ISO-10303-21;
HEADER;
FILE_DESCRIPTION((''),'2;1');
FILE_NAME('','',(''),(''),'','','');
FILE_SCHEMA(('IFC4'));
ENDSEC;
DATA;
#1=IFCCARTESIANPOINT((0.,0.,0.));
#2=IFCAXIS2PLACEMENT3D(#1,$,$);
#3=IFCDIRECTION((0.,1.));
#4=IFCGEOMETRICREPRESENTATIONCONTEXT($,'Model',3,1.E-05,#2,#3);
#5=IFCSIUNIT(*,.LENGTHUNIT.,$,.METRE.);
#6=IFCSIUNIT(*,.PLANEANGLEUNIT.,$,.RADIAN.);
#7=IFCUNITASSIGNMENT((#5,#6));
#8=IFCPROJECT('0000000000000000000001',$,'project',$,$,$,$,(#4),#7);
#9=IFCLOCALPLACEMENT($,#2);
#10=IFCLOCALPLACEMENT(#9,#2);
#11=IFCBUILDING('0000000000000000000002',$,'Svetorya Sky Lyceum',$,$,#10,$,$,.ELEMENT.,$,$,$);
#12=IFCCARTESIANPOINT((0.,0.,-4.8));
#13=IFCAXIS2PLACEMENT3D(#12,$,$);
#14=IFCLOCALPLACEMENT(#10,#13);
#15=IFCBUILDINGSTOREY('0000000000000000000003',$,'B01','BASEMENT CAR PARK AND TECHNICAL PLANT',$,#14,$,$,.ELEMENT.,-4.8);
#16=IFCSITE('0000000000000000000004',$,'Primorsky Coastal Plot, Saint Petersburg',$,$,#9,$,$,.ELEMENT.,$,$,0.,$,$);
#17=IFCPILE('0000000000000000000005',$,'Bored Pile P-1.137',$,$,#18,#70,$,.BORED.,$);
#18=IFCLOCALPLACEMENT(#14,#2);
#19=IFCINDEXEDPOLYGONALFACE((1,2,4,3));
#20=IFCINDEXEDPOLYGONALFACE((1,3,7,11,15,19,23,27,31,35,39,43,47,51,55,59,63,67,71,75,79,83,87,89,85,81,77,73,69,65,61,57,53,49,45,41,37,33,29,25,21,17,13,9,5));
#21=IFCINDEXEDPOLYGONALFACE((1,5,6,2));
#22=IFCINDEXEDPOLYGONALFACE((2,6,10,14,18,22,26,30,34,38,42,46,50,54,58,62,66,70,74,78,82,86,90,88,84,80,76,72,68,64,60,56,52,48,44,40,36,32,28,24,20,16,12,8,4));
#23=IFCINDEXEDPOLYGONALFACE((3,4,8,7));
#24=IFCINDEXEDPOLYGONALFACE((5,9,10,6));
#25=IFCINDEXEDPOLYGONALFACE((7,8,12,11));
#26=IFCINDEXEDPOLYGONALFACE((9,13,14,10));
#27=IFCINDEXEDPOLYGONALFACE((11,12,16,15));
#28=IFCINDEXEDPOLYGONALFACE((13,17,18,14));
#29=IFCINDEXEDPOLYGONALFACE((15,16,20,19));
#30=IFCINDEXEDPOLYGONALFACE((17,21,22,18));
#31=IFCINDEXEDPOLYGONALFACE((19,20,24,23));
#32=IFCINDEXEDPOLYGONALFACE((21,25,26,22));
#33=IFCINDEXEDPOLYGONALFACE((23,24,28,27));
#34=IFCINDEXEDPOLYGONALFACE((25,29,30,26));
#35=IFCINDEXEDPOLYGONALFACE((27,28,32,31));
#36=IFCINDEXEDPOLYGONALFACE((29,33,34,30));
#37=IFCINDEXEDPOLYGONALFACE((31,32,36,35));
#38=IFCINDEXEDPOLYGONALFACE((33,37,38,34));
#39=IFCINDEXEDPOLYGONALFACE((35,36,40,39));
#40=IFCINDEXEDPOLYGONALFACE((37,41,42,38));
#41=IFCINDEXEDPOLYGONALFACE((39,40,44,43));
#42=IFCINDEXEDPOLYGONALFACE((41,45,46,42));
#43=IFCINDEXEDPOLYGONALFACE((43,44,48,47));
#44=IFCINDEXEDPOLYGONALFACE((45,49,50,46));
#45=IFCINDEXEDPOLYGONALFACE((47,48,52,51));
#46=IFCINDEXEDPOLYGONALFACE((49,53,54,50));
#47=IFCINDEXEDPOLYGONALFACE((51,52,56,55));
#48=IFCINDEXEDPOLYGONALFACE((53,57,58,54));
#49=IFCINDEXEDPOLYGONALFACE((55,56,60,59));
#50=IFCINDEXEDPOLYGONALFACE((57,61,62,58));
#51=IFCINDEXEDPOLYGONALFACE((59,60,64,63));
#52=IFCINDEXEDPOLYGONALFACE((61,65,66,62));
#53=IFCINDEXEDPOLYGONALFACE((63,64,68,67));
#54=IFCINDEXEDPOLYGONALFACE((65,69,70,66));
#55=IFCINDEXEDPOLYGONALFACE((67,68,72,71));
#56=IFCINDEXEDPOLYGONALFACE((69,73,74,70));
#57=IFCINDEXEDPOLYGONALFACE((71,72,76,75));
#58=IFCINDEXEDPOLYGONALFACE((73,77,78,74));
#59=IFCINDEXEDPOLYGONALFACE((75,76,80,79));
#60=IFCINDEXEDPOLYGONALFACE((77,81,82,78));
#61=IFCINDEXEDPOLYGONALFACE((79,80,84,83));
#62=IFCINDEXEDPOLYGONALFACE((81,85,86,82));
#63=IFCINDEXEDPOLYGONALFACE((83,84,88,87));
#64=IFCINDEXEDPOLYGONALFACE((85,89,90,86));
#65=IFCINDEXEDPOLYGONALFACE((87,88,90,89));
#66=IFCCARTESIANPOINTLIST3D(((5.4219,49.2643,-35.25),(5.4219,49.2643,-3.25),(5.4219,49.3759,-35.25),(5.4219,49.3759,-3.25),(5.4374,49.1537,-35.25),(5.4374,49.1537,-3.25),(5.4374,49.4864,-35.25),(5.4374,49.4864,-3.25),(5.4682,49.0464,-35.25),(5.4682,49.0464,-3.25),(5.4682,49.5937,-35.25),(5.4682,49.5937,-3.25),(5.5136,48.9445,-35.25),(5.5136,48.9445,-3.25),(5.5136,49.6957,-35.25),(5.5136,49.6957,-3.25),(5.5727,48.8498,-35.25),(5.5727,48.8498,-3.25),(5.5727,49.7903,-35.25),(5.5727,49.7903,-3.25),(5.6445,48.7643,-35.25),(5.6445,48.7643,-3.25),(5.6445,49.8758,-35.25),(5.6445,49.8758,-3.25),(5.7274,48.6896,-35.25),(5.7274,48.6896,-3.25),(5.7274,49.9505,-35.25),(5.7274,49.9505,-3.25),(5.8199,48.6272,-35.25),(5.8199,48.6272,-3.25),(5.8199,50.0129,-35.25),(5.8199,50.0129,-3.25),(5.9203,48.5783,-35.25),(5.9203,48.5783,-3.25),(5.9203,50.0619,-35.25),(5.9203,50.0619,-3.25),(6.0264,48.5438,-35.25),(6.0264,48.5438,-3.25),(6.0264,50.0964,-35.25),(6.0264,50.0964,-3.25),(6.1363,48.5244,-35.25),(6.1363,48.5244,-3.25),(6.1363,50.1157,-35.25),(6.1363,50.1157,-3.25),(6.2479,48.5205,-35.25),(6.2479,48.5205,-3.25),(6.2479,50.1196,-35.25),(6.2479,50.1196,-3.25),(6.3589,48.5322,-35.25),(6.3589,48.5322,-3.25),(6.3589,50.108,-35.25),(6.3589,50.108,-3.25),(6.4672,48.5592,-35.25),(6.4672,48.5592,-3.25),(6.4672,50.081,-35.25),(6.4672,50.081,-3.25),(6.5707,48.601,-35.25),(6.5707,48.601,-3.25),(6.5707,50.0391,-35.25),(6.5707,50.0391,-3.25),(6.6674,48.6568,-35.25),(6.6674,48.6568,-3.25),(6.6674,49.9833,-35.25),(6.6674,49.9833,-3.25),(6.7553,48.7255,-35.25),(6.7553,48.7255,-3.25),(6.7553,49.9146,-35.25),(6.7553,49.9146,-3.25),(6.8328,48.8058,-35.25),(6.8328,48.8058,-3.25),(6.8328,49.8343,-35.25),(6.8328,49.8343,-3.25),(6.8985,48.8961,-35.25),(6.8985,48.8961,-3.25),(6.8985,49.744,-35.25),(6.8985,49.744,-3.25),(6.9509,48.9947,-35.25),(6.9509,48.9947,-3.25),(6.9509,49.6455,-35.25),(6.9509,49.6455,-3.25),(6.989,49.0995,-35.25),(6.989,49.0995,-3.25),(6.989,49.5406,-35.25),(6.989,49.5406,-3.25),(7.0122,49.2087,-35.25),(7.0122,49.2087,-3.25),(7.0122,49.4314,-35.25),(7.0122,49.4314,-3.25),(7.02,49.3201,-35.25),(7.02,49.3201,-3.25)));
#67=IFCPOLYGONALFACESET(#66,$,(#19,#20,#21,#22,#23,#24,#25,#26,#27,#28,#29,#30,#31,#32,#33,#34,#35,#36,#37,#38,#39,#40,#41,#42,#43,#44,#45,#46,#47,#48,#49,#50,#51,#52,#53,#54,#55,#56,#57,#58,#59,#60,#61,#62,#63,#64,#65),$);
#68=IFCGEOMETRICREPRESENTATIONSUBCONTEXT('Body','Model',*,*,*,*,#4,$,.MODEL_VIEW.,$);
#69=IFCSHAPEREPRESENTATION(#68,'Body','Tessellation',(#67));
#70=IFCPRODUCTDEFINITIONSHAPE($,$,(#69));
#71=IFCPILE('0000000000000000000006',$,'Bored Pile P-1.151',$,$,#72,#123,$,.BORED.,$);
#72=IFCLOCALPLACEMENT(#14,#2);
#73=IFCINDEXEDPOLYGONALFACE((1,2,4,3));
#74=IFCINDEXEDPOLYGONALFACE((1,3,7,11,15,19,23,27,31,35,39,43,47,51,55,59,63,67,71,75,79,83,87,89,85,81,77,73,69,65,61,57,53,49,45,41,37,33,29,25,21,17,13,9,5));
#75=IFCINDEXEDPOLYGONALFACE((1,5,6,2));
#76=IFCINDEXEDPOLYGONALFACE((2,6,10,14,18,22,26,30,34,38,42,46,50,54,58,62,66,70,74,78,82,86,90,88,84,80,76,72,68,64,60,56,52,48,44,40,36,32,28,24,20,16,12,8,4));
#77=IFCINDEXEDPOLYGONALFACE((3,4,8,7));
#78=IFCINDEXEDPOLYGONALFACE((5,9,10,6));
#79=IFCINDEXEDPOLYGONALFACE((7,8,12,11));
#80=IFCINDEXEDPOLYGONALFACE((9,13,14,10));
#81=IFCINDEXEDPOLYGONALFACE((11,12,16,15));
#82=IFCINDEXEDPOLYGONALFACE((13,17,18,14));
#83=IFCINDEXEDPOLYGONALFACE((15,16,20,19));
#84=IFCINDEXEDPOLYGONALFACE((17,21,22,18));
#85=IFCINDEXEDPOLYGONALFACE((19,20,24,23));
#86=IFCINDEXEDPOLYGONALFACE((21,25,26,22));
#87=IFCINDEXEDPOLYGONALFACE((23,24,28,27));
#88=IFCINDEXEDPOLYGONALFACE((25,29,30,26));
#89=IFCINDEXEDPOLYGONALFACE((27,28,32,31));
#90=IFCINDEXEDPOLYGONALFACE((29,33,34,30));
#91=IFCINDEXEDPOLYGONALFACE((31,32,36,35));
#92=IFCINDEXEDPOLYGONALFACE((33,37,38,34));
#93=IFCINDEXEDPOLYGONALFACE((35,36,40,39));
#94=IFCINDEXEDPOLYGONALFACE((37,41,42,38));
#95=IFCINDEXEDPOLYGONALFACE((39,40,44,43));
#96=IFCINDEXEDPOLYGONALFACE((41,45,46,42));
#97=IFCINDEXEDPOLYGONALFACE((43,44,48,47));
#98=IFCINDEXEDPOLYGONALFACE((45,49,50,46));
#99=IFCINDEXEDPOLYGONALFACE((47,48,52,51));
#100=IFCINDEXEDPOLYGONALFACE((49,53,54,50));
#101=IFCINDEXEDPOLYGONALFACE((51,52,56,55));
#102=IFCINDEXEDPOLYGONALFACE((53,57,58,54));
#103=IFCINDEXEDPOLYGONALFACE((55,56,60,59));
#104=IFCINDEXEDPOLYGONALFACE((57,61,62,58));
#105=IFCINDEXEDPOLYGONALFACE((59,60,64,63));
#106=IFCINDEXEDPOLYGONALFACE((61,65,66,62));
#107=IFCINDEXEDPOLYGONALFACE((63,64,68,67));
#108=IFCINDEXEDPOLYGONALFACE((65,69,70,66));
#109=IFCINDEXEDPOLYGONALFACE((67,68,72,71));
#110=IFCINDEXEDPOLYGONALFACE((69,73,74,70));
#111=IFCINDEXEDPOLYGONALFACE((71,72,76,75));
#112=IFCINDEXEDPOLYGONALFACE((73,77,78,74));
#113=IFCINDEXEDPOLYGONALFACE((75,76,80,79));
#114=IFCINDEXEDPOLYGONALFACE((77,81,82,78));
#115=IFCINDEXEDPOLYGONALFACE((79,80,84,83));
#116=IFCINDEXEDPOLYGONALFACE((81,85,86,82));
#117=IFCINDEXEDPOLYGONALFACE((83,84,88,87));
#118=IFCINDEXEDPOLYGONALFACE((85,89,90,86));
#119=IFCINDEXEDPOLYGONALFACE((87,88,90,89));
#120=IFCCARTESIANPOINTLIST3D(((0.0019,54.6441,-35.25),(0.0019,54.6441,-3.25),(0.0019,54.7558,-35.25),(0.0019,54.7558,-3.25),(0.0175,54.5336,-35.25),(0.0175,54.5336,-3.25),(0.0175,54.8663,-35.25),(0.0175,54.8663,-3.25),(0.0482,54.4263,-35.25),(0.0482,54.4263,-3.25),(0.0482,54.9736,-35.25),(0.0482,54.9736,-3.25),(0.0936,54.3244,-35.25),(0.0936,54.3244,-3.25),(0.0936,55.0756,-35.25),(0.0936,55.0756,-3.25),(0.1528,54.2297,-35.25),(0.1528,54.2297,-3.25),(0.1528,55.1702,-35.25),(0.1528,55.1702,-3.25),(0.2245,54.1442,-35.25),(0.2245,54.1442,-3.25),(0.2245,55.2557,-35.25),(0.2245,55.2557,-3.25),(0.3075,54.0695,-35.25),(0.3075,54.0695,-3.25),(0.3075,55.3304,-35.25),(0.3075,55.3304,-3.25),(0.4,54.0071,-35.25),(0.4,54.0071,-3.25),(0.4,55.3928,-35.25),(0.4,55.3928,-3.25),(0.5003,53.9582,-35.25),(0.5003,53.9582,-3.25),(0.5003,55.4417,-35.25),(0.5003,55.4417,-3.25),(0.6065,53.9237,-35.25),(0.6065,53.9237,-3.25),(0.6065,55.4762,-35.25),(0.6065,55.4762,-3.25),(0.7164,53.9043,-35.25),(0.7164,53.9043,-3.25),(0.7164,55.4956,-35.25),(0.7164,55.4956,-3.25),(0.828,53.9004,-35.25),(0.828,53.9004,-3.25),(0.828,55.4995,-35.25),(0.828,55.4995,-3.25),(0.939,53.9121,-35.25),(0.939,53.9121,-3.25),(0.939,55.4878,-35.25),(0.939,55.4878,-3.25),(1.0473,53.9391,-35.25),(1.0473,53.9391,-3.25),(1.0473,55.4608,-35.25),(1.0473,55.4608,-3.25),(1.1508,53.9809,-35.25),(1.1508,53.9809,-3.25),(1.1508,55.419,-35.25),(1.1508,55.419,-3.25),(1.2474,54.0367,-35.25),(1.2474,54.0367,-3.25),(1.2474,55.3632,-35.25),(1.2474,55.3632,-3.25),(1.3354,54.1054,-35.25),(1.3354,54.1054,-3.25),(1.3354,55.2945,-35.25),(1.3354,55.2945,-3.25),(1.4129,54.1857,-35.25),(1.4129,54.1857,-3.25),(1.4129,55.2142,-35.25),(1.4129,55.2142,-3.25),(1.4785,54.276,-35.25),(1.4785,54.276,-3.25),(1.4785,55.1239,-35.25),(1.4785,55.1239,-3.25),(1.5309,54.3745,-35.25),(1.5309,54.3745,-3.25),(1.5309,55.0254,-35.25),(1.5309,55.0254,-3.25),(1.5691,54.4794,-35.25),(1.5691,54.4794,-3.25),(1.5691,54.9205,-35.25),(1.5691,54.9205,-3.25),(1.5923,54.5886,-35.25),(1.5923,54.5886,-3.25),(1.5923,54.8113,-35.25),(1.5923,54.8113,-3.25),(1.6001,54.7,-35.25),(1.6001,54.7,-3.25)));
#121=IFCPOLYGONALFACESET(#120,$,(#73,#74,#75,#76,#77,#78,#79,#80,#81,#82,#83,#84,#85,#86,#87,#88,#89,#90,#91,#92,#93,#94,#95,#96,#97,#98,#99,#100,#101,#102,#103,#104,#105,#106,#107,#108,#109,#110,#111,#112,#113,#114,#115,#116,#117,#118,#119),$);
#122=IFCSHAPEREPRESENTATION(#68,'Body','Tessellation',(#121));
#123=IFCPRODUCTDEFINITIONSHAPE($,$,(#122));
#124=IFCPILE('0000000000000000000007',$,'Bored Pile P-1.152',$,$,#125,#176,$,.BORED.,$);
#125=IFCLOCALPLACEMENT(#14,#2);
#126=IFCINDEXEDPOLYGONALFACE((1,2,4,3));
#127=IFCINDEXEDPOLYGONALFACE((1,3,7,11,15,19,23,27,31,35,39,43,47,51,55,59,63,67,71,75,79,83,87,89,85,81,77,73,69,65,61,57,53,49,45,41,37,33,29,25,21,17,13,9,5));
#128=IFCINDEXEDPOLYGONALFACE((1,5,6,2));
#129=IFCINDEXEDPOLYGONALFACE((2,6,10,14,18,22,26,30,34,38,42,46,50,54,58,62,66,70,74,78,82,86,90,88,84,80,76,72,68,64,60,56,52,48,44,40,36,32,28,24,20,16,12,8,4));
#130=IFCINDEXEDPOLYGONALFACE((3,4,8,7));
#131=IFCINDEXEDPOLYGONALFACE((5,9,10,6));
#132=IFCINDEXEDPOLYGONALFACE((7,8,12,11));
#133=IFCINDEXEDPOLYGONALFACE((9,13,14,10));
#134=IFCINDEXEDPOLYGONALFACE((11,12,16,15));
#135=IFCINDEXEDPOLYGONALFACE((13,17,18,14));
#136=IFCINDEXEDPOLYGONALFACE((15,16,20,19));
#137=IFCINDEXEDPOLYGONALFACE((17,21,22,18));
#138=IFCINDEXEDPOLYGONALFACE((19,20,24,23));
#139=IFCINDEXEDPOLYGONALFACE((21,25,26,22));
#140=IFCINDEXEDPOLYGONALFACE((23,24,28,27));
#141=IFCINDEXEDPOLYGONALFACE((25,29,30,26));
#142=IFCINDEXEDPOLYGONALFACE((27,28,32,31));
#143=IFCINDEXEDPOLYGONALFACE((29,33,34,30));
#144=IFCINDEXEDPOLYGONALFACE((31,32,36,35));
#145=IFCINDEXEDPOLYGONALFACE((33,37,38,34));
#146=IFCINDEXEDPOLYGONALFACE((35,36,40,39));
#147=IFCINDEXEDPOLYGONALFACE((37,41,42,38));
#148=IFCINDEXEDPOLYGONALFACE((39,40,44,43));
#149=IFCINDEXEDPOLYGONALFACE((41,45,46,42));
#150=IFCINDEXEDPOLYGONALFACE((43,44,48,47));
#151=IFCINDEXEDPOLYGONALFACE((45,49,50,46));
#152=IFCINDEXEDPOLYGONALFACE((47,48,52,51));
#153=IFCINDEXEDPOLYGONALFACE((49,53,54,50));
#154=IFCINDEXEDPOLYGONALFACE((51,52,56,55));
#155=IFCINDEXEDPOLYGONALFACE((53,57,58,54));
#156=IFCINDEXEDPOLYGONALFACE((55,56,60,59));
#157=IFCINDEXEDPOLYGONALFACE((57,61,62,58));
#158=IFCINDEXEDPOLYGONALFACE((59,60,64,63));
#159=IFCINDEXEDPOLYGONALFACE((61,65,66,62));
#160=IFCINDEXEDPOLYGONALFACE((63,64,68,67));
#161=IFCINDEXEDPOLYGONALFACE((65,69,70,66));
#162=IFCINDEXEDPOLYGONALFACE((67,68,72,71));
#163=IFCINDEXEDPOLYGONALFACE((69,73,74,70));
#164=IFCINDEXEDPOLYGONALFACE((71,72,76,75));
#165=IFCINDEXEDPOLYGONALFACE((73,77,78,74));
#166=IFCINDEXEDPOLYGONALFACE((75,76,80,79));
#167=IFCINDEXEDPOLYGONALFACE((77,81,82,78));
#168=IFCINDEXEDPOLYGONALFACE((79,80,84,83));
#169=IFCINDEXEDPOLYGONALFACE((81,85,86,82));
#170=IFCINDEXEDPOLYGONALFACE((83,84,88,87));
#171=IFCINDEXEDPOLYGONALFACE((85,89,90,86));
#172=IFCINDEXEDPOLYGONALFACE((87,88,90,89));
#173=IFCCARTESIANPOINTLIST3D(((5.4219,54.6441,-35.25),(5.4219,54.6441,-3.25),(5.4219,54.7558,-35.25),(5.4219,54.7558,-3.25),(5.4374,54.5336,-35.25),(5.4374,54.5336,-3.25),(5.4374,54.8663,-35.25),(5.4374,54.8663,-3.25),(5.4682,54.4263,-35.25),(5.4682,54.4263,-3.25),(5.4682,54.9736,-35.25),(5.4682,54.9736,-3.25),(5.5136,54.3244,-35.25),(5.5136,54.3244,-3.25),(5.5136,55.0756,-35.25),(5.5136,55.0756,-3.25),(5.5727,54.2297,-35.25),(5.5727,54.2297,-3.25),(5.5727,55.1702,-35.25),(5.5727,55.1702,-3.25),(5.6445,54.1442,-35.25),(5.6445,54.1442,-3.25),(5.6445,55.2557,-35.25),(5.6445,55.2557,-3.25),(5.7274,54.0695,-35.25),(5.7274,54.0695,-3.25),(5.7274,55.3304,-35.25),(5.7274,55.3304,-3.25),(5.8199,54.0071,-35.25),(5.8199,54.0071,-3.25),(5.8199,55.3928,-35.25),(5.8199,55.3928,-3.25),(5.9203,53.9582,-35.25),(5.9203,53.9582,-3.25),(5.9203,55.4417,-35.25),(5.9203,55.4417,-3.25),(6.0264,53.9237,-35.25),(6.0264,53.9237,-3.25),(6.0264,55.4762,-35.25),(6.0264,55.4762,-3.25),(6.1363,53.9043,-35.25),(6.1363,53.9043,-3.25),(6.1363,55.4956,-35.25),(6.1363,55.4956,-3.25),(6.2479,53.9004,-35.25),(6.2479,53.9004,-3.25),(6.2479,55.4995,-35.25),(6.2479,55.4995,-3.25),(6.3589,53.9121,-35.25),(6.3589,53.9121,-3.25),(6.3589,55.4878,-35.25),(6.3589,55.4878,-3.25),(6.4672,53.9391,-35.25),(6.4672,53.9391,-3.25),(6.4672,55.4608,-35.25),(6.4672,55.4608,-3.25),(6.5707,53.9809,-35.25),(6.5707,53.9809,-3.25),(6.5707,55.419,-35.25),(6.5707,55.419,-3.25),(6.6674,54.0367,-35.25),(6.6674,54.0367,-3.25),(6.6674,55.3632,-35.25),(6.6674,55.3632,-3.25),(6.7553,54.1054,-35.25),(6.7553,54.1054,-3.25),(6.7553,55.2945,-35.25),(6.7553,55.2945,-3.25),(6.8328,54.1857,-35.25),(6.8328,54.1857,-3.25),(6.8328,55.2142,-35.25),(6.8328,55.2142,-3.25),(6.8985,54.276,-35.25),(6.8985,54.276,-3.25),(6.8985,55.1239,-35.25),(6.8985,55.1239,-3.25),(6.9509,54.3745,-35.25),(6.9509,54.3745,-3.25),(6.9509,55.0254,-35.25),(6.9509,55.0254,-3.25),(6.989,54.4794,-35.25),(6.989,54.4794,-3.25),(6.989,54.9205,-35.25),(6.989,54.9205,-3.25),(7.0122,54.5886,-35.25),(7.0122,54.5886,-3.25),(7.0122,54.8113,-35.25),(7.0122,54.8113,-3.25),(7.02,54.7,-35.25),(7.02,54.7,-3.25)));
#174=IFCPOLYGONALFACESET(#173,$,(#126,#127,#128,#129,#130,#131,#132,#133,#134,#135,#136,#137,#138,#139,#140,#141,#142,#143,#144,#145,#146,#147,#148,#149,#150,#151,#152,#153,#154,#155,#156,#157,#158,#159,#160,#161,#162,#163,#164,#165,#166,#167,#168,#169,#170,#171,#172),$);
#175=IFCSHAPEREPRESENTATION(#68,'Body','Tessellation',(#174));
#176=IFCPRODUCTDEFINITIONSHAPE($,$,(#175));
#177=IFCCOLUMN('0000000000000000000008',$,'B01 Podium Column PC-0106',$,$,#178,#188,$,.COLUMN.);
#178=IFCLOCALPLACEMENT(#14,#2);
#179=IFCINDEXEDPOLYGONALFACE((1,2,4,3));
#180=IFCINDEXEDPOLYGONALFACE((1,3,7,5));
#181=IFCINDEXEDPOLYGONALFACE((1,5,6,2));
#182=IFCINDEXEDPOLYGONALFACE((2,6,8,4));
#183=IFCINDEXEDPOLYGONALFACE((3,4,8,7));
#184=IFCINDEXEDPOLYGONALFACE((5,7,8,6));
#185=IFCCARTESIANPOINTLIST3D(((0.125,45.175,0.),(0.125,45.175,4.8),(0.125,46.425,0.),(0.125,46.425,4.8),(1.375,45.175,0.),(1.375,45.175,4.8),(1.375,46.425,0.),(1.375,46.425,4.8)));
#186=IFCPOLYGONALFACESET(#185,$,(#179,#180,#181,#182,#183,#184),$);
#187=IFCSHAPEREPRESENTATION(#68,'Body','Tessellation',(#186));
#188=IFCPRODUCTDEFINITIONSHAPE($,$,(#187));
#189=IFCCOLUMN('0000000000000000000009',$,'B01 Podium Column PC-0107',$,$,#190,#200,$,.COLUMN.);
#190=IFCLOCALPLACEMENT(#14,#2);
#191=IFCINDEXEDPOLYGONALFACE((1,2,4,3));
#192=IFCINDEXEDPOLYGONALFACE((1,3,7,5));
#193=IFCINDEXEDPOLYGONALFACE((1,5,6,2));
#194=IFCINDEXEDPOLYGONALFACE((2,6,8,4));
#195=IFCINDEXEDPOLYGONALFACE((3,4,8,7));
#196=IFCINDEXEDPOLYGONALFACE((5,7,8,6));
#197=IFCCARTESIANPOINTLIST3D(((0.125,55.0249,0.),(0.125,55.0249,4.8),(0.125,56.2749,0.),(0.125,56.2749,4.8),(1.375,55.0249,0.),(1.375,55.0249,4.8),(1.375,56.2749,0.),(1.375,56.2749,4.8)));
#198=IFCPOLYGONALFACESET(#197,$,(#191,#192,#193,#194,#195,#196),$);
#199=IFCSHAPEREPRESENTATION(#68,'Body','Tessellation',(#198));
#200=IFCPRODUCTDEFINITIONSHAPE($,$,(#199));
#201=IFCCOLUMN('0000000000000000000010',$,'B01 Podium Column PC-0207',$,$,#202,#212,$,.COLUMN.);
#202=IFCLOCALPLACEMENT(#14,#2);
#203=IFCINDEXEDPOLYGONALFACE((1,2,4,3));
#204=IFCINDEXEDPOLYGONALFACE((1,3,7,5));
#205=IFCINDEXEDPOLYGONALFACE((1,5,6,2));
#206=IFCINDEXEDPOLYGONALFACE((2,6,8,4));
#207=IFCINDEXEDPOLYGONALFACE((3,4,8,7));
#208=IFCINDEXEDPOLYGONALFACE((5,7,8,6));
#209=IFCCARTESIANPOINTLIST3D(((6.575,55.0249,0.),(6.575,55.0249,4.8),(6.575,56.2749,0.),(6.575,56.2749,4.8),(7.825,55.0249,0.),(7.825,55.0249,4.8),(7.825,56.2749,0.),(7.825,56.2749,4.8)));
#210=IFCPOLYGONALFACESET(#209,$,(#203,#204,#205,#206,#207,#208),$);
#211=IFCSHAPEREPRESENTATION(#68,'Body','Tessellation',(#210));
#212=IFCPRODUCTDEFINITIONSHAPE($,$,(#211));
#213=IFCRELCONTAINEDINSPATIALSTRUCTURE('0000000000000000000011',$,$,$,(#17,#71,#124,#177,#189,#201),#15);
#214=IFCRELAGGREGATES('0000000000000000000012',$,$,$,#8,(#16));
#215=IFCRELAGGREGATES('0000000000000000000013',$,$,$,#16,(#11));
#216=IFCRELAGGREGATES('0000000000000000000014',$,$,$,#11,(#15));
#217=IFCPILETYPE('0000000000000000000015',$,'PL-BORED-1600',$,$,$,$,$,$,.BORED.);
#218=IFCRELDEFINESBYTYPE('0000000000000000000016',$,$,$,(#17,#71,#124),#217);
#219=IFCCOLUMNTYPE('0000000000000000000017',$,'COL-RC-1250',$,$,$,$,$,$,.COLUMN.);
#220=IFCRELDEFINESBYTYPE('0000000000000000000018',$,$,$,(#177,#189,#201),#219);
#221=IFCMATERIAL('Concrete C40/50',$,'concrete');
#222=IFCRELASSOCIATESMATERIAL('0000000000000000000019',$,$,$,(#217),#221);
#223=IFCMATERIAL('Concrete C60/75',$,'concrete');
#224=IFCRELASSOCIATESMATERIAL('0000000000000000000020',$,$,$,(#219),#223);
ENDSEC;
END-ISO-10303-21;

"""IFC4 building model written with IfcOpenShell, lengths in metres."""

from ifc_helpers import new_model, si_unit, direction, frame, origin, origin_2d, place, context, subcontext, project, spatial, rectangle, circle, extrude, material, material_profile, profile_set, type_object, element, save


model = new_model("IFC4")

# Units and contexts
model_context = context("Model", 3, precision=1e-05, world=origin(), true_north=direction((0.0, 1.0)))
body_context = subcontext(model_context, "Body", "Model", "MODEL_VIEW")
ifc_project = project(units=[si_unit("LENGTHUNIT", "METRE"), si_unit("PLANEANGLEUNIT", "RADIAN")], contexts=[model_context])

# Site, building, storey
site_placement = place(None, origin())
site = spatial("IfcSite", under=ifc_project, at=site_placement, Name="Primorsky Coastal Plot, Saint Petersburg", CompositionType="ELEMENT", RefElevation=0.0)
building_placement = place(site_placement, origin())
building = spatial("IfcBuilding", under=site, at=building_placement, Name="Svetorya Sky Lyceum", CompositionType="ELEMENT")
storey_placement = place(building_placement, frame((0.0, 0.0, -4.8)))
storey = spatial("IfcBuildingStorey", under=building, at=storey_placement, Name="B01", Description="BASEMENT CAR PARK AND TECHNICAL PLANT", CompositionType="ELEMENT", Elevation=-4.8)

# Piles
ifc_material_1 = material(Name="Concrete C40/50", Category="concrete")
ifc_material_profile_1 = material_profile(ifc_material_1, circle(Radius=0.8, at=origin_2d()), Name="RC PILE D1600")
ifc_profile_set_1 = profile_set([ifc_material_profile_1], Name="Concrete C40/50")
pile_type = type_object("IfcPileType", Name="PL-BORED-1600", PredefinedType="BORED", material=ifc_profile_set_1)
for number, where, z_axis, x_axis, name in (
    (1, (6.22, 49.3201, -3.25), (0.0, 0.0, -1.0), (1.0, 0.0, 0.0), "Bored Pile P-1.137"),
    (2, (0.8, 54.7, -3.25), (0.0, 0.0, -1.0), (1.0, 0.0, 0.0), "Bored Pile P-1.151"),
    (3, (6.22, 54.7, -3.25), (0.0, 0.0, -1.0), (1.0, 0.0, 0.0), "Bored Pile P-1.152"),
):
    element("IfcPile", number, at=place(storey_placement, frame(where, z_axis=z_axis, x_axis=x_axis)), inside=storey, type_object=pile_type, Name=name, PredefinedType="BORED", context=body_context, shape_type="SweptSolid", body=[
        extrude(circle(Radius=0.8, at=origin_2d()), origin(), (0.0, 0.0, 1.0), 32.0),
    ])

# Columns
ifc_material_2 = material(Name="Concrete C60/75", Category="concrete")
ifc_material_profile_2 = material_profile(ifc_material_2, rectangle(XDim=1.25, YDim=1.25, at=origin_2d()), Name="RC COL 1250x1250")
ifc_profile_set_2 = profile_set([ifc_material_profile_2], Name="Concrete C60/75")
column_type = type_object("IfcColumnType", Name="COL-RC-1250", PredefinedType="COLUMN", material=ifc_profile_set_2)
for number, where, z_axis, x_axis, name in (
    (4, (0.75, 45.8, 0.0), (0.0, 0.0, 1.0), (1.0, 0.0, 0.0), "B01 Podium Column PC-0106"),
    (5, (0.75, 55.6499, 0.0), (0.0, 0.0, 1.0), (1.0, 0.0, 0.0), "B01 Podium Column PC-0107"),
    (6, (7.2, 55.6499, 0.0), (0.0, 0.0, 1.0), (1.0, 0.0, 0.0), "B01 Podium Column PC-0207"),
):
    element("IfcColumn", number, at=place(storey_placement, frame(where, z_axis=z_axis, x_axis=x_axis)), inside=storey, type_object=column_type, Name=name, PredefinedType="COLUMN", context=body_context, shape_type="SweptSolid", body=[
        extrude(rectangle(XDim=1.25, YDim=1.25, at=origin_2d()), origin(), (0.0, 0.0, 1.0), 4.8),
    ])

save(model, "model.ifc")
